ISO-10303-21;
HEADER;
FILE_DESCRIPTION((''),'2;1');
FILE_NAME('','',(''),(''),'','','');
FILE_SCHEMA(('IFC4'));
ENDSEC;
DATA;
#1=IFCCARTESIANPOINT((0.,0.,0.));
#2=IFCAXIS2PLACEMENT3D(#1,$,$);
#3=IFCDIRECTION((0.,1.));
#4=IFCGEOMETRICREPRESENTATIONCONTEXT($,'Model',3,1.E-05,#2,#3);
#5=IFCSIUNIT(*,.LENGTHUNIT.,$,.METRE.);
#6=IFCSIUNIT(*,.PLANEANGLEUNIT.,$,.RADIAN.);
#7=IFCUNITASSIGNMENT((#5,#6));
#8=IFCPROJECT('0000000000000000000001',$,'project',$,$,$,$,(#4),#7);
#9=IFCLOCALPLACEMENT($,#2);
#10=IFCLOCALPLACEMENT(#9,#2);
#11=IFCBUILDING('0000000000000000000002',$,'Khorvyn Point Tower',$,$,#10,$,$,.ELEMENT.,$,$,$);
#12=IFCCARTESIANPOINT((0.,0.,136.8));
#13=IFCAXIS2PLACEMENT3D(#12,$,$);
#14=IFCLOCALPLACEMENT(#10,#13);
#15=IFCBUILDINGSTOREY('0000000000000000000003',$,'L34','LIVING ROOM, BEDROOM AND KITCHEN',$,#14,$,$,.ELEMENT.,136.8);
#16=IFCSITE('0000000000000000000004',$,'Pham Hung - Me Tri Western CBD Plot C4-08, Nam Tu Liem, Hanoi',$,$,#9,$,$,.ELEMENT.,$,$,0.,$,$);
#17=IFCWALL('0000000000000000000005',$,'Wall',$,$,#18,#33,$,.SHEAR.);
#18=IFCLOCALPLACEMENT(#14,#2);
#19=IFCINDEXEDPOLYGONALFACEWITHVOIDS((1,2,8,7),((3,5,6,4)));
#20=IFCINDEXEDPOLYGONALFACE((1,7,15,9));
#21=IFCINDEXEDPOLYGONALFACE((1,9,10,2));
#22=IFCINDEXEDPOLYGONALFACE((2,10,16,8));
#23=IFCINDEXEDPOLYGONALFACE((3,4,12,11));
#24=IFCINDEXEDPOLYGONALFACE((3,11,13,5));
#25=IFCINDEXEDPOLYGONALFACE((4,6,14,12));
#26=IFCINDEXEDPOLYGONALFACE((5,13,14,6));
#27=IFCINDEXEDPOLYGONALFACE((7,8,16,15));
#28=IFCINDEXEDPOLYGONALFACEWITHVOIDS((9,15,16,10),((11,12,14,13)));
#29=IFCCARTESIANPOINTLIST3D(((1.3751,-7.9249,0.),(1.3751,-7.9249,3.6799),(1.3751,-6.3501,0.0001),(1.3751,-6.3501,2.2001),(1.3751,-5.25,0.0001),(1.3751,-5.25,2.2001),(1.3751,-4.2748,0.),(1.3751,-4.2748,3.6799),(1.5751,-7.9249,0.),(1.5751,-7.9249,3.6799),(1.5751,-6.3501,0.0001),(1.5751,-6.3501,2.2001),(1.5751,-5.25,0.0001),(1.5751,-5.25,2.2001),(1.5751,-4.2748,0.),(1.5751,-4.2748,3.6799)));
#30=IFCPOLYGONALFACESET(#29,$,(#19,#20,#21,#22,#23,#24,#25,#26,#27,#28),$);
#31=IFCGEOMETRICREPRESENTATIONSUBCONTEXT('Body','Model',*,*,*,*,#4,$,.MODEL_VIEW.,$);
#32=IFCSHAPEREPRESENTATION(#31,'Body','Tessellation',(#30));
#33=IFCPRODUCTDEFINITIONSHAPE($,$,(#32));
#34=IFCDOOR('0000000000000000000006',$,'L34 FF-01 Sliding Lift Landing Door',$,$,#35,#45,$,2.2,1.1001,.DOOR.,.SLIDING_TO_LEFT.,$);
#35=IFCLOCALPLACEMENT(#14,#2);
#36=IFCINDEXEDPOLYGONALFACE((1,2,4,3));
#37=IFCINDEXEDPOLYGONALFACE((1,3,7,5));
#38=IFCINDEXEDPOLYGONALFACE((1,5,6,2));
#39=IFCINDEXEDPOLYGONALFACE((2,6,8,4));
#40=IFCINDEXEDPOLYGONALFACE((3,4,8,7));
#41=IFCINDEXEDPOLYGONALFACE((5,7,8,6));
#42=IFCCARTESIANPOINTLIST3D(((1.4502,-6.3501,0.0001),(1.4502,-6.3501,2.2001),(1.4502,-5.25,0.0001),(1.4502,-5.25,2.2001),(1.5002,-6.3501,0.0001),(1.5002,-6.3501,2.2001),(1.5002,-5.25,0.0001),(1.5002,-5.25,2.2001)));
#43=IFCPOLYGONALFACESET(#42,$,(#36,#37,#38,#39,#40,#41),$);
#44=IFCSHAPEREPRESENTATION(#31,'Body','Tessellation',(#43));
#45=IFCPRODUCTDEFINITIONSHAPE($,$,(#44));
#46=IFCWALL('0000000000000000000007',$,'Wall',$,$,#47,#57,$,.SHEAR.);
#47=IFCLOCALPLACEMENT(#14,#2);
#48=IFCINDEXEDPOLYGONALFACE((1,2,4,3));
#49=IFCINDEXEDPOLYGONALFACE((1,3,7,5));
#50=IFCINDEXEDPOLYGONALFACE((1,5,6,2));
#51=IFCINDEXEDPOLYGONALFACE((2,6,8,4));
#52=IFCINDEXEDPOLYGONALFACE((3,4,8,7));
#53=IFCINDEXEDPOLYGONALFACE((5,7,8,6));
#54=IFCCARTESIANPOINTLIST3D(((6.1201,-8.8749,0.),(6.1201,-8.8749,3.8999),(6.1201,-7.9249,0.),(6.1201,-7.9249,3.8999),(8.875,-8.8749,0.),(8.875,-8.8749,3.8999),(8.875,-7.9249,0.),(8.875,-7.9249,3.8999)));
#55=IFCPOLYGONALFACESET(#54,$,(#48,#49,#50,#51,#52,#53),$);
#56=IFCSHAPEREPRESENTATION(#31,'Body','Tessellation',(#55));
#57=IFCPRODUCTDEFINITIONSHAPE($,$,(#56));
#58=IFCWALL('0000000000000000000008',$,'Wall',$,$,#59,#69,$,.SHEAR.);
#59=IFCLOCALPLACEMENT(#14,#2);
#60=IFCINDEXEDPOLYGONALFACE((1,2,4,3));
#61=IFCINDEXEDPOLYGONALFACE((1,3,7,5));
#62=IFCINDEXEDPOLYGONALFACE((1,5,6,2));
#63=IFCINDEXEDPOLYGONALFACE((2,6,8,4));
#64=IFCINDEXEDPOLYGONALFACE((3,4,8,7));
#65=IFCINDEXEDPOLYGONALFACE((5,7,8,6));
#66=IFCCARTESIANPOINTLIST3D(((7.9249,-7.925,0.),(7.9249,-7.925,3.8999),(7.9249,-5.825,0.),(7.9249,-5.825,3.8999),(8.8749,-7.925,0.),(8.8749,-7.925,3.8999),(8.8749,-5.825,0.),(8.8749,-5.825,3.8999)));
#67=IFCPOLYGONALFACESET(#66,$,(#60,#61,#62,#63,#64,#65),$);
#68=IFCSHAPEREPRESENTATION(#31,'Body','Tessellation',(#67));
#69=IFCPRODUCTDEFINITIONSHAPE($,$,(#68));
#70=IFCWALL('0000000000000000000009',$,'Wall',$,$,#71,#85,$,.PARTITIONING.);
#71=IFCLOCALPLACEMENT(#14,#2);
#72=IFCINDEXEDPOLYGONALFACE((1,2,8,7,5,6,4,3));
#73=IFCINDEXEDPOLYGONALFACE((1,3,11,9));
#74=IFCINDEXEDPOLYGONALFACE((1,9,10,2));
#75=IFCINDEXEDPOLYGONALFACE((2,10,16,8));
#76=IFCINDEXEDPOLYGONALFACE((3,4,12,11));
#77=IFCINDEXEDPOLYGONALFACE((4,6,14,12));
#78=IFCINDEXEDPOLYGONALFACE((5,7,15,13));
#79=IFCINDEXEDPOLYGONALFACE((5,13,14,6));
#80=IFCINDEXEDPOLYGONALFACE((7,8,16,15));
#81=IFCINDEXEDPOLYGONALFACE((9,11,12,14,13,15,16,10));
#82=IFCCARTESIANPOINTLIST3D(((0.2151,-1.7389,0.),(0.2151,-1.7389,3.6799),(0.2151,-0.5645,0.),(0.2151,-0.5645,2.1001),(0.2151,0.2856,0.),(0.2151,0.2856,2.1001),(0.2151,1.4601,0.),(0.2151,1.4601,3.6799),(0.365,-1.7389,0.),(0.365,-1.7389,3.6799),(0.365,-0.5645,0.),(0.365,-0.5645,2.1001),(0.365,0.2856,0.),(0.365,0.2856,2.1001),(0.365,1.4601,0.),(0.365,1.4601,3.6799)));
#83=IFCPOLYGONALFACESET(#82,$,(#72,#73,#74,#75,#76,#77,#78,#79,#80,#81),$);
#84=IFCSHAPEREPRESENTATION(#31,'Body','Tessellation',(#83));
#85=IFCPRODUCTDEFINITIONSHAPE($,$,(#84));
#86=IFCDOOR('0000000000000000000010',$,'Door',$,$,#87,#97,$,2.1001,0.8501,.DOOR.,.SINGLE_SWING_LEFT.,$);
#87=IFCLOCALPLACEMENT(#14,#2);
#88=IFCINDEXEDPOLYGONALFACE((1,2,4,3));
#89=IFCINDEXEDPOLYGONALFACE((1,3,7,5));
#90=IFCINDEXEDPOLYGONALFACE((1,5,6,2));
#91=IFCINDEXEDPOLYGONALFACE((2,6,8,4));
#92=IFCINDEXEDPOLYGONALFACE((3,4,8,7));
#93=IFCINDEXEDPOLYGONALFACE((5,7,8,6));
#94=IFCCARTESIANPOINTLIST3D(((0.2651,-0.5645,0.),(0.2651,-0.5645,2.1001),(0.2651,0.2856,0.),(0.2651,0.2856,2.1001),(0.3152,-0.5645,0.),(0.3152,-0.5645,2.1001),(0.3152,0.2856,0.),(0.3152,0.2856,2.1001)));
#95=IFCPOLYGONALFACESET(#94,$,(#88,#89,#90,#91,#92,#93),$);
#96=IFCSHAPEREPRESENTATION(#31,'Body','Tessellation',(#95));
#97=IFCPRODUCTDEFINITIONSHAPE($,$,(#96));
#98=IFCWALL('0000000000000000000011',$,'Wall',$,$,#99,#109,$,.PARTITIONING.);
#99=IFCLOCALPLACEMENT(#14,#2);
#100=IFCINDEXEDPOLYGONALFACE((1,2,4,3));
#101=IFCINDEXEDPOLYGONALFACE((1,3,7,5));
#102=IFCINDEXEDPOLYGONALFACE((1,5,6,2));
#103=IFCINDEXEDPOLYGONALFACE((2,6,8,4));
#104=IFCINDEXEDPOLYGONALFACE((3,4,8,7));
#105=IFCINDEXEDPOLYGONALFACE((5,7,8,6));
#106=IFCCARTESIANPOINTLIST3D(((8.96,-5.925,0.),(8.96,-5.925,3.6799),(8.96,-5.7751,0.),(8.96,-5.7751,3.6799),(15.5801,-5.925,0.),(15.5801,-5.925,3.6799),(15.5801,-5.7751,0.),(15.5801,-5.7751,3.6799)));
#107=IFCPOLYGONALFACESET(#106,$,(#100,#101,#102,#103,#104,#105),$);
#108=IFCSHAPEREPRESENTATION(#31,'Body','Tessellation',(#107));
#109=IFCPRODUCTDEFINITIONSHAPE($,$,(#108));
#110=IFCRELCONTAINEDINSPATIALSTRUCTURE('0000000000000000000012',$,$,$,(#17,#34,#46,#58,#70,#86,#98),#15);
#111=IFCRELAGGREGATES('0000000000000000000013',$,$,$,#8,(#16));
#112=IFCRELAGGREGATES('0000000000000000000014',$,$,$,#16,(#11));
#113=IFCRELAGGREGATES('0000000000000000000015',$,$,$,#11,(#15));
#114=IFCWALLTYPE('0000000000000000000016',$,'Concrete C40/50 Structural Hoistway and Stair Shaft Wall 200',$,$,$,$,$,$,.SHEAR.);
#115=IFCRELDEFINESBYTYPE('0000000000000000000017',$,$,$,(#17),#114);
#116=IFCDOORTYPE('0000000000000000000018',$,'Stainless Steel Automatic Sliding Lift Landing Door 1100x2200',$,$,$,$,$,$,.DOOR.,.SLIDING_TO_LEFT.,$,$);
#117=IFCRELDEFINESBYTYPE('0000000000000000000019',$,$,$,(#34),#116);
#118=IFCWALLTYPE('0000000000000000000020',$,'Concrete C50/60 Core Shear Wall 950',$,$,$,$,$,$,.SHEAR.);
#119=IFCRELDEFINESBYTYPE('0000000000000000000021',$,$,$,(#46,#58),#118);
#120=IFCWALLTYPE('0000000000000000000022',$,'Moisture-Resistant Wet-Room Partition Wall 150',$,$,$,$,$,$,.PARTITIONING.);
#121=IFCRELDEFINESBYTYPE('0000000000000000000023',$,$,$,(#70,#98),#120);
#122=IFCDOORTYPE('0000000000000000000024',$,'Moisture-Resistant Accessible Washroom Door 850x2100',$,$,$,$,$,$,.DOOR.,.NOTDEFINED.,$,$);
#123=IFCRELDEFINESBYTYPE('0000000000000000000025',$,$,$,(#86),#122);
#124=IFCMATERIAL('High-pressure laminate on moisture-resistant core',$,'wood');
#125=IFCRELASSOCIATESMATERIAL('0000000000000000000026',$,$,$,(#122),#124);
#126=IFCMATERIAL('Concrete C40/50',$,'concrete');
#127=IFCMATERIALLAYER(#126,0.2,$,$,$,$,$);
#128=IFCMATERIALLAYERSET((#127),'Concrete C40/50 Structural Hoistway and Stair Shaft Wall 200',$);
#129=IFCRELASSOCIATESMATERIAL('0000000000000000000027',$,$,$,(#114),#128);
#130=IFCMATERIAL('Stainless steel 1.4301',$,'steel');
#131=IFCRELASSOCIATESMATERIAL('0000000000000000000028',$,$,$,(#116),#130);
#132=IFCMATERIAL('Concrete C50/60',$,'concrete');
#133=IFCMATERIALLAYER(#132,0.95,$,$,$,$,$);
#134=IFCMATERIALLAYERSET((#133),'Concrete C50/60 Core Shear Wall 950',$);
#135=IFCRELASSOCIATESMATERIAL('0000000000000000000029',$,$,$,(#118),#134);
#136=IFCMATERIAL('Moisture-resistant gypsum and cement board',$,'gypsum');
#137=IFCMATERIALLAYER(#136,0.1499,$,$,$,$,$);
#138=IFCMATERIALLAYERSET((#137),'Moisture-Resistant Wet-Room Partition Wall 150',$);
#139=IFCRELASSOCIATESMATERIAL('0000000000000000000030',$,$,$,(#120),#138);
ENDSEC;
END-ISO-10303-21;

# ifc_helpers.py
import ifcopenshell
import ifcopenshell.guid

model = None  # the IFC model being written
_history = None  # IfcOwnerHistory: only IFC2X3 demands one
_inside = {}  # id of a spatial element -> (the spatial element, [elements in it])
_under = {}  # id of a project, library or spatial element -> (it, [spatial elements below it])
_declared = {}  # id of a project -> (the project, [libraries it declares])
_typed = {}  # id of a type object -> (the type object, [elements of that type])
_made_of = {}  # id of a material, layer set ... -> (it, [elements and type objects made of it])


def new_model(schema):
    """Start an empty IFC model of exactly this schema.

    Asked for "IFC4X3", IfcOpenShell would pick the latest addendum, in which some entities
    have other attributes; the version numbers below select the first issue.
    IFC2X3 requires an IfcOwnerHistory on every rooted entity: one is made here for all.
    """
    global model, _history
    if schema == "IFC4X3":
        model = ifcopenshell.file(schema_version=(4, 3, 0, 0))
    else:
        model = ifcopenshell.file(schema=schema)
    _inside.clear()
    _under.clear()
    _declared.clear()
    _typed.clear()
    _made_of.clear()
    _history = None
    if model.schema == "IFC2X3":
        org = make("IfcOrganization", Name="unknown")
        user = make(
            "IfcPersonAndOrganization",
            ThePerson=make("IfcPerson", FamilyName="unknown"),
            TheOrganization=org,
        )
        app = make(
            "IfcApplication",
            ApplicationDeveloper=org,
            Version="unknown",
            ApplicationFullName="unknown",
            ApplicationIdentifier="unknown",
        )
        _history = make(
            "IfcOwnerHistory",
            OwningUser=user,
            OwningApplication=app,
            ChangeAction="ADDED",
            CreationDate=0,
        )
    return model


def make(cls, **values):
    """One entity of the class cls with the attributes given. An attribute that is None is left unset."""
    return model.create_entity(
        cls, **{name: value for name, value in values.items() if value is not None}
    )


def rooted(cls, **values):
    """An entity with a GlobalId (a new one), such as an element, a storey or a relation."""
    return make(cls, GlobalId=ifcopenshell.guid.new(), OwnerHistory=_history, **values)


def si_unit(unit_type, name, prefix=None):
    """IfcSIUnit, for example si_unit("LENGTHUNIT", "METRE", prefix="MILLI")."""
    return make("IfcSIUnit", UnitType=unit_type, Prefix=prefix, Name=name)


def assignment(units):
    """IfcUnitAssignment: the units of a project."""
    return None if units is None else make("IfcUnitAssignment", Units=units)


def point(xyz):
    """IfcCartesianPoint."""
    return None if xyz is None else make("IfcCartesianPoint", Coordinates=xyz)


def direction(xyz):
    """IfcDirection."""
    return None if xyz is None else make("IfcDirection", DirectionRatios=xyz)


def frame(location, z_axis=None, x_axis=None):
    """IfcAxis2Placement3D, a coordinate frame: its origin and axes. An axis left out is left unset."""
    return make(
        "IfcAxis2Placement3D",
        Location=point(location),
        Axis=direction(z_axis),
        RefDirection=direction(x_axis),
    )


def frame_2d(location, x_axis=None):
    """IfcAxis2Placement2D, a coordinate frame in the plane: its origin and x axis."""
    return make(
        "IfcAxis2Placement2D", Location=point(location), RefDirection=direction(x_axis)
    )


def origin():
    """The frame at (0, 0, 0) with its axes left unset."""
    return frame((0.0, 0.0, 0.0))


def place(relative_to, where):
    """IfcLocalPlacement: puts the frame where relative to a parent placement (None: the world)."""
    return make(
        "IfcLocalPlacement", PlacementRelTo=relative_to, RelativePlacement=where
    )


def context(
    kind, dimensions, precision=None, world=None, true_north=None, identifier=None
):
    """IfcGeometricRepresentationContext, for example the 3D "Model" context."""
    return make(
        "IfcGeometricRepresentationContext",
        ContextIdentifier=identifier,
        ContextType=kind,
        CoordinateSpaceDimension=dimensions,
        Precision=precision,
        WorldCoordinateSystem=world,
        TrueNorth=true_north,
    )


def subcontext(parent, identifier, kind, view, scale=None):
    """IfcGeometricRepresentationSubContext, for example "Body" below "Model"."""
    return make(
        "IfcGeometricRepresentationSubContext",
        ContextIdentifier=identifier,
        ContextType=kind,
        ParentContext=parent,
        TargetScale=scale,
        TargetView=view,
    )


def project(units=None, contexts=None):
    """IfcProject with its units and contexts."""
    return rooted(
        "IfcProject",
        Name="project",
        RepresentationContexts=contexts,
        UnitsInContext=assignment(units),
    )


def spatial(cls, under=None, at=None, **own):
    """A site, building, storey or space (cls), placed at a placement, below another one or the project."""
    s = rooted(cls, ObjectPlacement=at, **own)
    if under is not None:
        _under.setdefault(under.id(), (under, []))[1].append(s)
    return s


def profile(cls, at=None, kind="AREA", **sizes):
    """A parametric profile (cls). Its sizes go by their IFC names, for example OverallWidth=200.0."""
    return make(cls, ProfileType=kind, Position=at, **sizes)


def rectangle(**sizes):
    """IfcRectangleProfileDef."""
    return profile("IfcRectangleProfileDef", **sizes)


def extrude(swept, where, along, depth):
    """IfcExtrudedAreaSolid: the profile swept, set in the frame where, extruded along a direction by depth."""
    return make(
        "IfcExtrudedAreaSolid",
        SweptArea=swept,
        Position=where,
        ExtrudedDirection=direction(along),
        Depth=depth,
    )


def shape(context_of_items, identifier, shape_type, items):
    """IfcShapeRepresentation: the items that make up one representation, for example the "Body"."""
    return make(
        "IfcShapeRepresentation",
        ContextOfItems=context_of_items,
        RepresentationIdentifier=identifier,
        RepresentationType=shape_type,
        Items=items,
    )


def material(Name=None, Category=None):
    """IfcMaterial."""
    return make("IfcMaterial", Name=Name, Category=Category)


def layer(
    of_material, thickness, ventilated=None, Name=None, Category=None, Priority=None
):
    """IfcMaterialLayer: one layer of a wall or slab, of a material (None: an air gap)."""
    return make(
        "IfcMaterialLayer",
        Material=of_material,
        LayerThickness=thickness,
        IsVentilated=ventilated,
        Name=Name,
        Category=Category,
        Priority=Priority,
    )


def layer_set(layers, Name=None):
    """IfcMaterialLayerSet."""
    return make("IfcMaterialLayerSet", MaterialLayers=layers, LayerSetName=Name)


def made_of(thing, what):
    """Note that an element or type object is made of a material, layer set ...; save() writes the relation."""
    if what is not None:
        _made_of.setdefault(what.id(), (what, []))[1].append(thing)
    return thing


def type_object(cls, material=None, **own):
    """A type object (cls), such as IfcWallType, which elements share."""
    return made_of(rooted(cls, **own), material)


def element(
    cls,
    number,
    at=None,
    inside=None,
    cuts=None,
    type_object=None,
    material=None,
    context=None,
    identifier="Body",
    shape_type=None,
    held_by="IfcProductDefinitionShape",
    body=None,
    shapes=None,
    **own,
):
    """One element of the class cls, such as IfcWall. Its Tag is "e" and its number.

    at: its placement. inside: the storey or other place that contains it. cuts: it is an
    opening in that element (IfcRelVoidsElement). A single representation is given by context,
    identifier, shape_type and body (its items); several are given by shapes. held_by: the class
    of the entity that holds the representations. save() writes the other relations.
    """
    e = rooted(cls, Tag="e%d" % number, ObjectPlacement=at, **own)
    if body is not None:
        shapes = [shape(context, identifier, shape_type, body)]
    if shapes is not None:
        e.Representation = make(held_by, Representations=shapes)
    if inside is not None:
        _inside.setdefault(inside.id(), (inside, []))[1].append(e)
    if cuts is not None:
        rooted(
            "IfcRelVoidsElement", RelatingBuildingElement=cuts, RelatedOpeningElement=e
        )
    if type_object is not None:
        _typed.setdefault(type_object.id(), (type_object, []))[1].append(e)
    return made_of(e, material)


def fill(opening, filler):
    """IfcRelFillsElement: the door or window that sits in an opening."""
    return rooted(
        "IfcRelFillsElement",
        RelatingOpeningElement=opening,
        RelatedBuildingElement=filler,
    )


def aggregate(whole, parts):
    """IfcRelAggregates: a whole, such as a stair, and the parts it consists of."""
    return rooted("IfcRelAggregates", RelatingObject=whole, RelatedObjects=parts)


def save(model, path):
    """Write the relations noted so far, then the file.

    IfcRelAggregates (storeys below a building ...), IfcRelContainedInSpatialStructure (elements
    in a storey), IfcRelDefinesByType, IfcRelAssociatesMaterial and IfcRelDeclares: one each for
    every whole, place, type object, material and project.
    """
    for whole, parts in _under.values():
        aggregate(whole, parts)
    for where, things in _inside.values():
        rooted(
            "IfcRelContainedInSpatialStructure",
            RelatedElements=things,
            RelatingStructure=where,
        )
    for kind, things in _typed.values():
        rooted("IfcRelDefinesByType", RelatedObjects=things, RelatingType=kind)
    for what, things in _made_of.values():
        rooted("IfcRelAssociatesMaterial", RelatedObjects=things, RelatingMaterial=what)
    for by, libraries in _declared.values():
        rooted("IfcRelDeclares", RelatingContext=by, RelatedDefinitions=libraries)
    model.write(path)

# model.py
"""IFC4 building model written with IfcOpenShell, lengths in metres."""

from ifc_helpers import new_model, si_unit, direction, frame, frame_2d, origin, place, context, subcontext, project, spatial, rectangle, extrude, material, layer, layer_set, type_object, element, fill, save


model = new_model("IFC4")

# Units and contexts
model_context = context("Model", 3, precision=1e-05, world=origin(), true_north=direction((0.0, 1.0)))
body_context = subcontext(model_context, "Body", "Model", "MODEL_VIEW")
ifc_project = project(units=[si_unit("LENGTHUNIT", "METRE"), si_unit("PLANEANGLEUNIT", "RADIAN")], contexts=[model_context])

# Site, building, storey
site_placement = place(None, origin())
site = spatial("IfcSite", under=ifc_project, at=site_placement, Name="Pham Hung - Me Tri Western CBD Plot C4-08, Nam Tu Liem, Hanoi", CompositionType="ELEMENT", RefElevation=0.0)
building_placement = place(site_placement, origin())
building = spatial("IfcBuilding", under=site, at=building_placement, Name="Khorvyn Point Tower", CompositionType="ELEMENT")
storey_placement = place(building_placement, frame((0.0, 0.0, 136.8)))
storey = spatial("IfcBuildingStorey", under=building, at=storey_placement, Name="L34", Description="LIVING ROOM, BEDROOM AND KITCHEN", CompositionType="ELEMENT", Elevation=136.8)

# Shared definitions
ifc_material_1 = material(Name="Concrete C40/50", Category="concrete")

# Shared definitions
ifc_material_2 = material(Name="Concrete C50/60", Category="concrete")

# Shared definitions
ifc_material_3 = material(Name="High-pressure laminate on moisture-resistant core", Category="wood")
door_type_1 = type_object("IfcDoorType", Name="Moisture-Resistant Accessible Washroom Door 850x2100", OperationType="NOTDEFINED", PredefinedType="DOOR", material=ifc_material_3)

# Wall, opening, door
ifc_layer_1 = layer(ifc_material_1, 0.2)
ifc_layer_set_1 = layer_set([ifc_layer_1], Name="Concrete C40/50 Structural Hoistway and Stair Shaft Wall 200")
wall_type_1 = type_object("IfcWallType", Name="Concrete C40/50 Structural Hoistway and Stair Shaft Wall 200", PredefinedType="SHEAR", material=ifc_layer_set_1)
wall_1_placement = place(storey_placement, frame((1.4751, -7.925, 0.0), z_axis=(0.0, 0.0, 1.0), x_axis=(0.0, 1.0, 0.0)))
wall_1 = element("IfcWall", 1, at=wall_1_placement, inside=storey, type_object=wall_type_1, Name="Wall", PredefinedType="SHEAR", context=body_context, shape_type="SweptSolid", body=[
    extrude(rectangle(XDim=3.6501, YDim=0.2, at=frame_2d((1.8252, 0.0))), origin(), (0.0, 0.0, 1.0), 3.6799),
])
opening_1_placement = place(wall_1_placement, frame((1.575, 0.0, 0.0)))
opening_1 = element("IfcOpeningElement", 2, at=opening_1_placement, cuts=wall_1, PredefinedType="OPENING", context=body_context, shape_type="SweptSolid", body=[
    extrude(rectangle(XDim=1.1001, YDim=2.2, at=frame_2d((0.55, 1.1001))), frame((0.0, 0.1099, 0.0), z_axis=(0.0, -1.0, 0.0), x_axis=(1.0, 0.0, 0.0)), (0.0, 0.0, 1.0), 0.22),
])
ifc_material_4 = material(Name="Stainless steel 1.4301", Category="steel")
door_type_2 = type_object("IfcDoorType", Name="Stainless Steel Automatic Sliding Lift Landing Door 1100x2200", OperationType="SLIDING_TO_LEFT", PredefinedType="DOOR", material=ifc_material_4)
door_1_placement = place(opening_1_placement, origin())
door_1 = element("IfcDoor", 3, at=door_1_placement, inside=storey, type_object=door_type_2, Name="L34 FF-01 Sliding Lift Landing Door", OperationType="SLIDING_TO_LEFT", OverallHeight=2.2, OverallWidth=1.1001, PredefinedType="DOOR", context=body_context, shape_type="SweptSolid", body=[
    extrude(rectangle(XDim=1.1001, YDim=2.2, at=frame_2d((0.55, 1.1001))), frame((0.0, 0.0249, 0.0), z_axis=(0.0, -1.0, 0.0), x_axis=(1.0, 0.0, 0.0)), (0.0, 0.0, 1.0), 0.05),
])
fill(opening_1, door_1)

# Walls
ifc_layer_2 = layer(ifc_material_2, 0.95)
ifc_layer_set_2 = layer_set([ifc_layer_2], Name="Concrete C50/60 Core Shear Wall 950")
wall_type_2 = type_object("IfcWallType", Name="Concrete C50/60 Core Shear Wall 950", PredefinedType="SHEAR", material=ifc_layer_set_2)
wall_2_placement = place(storey_placement, frame((6.1201, -8.3999, 0.0), z_axis=(0.0, 0.0, 1.0), x_axis=(1.0, 0.0, 0.0)))
element("IfcWall", 4, at=wall_2_placement, inside=storey, type_object=wall_type_2, Name="Wall", PredefinedType="SHEAR", context=body_context, shape_type="SweptSolid", body=[
    extrude(rectangle(XDim=2.7549, YDim=0.95, at=frame_2d((1.3774, 0.0))), origin(), (0.0, 0.0, 1.0), 3.8999),
])
wall_3_placement = place(storey_placement, frame((8.3999, -7.925, 0.0), z_axis=(0.0, 0.0, 1.0), x_axis=(0.0, 1.0, 0.0)))
element("IfcWall", 5, at=wall_3_placement, inside=storey, type_object=wall_type_2, Name="Wall", PredefinedType="SHEAR", context=body_context, shape_type="SweptSolid", body=[
    extrude(rectangle(XDim=2.1001, YDim=0.95, at=frame_2d((1.05, 0.0))), origin(), (0.0, 0.0, 1.0), 3.8999),
])

# Wall, opening, door
ifc_material_5 = material(Name="Moisture-resistant gypsum and cement board", Category="gypsum")
ifc_layer_3 = layer(ifc_material_5, 0.1499)
ifc_layer_set_3 = layer_set([ifc_layer_3], Name="Moisture-Resistant Wet-Room Partition Wall 150")
wall_type_3 = type_object("IfcWallType", Name="Moisture-Resistant Wet-Room Partition Wall 150", PredefinedType="PARTITIONING", material=ifc_layer_set_3)
wall_4_placement = place(storey_placement, frame((0.29, -1.739, 0.0), z_axis=(0.0, 0.0, 1.0), x_axis=(0.0, 1.0, 0.0)))
wall_4 = element("IfcWall", 6, at=wall_4_placement, inside=storey, type_object=wall_type_3, Name="Wall", PredefinedType="PARTITIONING", context=body_context, shape_type="SweptSolid", body=[
    extrude(rectangle(XDim=3.199, YDim=0.1499, at=frame_2d((1.5996, 0.0))), origin(), (0.0, 0.0, 1.0), 3.6799),
])
opening_2_placement = place(wall_4_placement, frame((1.1746, 0.0, 0.0)))
opening_2 = element("IfcOpeningElement", 7, at=opening_2_placement, cuts=wall_4, PredefinedType="OPENING", context=body_context, shape_type="SweptSolid", body=[
    extrude(rectangle(XDim=0.8501, YDim=2.1001, at=frame_2d((0.425, 1.05))), frame((0.0, 0.085, 0.0), z_axis=(0.0, -1.0, 0.0), x_axis=(1.0, 0.0, 0.0)), (0.0, 0.0, 1.0), 0.1699),
])
door_2_placement = place(opening_2_placement, origin())
door_2 = element("IfcDoor", 8, at=door_2_placement, inside=storey, type_object=door_type_1, Name="Door", OperationType="SINGLE_SWING_LEFT", OverallHeight=2.1001, OverallWidth=0.8501, PredefinedType="DOOR", context=body_context, shape_type="SweptSolid", body=[
    extrude(rectangle(XDim=0.8501, YDim=2.1001, at=frame_2d((0.425, 1.05))), frame((0.0, 0.0249, 0.0), z_axis=(0.0, -1.0, 0.0), x_axis=(1.0, 0.0, 0.0)), (0.0, 0.0, 1.0), 0.05),
])
fill(opening_2, door_2)

# Wall
wall_5_placement = place(storey_placement, frame((8.96, -5.8501, 0.0), z_axis=(0.0, 0.0, 1.0), x_axis=(1.0, 0.0, 0.0)))
element("IfcWall", 9, at=wall_5_placement, inside=storey, type_object=wall_type_3, Name="Wall", PredefinedType="PARTITIONING", context=body_context, shape_type="SweptSolid", body=[
    extrude(rectangle(XDim=6.6201, YDim=0.1499, at=frame_2d((3.3101, 0.0))), origin(), (0.0, 0.0, 1.0), 3.6799),
])

save(model, "model.ifc")
